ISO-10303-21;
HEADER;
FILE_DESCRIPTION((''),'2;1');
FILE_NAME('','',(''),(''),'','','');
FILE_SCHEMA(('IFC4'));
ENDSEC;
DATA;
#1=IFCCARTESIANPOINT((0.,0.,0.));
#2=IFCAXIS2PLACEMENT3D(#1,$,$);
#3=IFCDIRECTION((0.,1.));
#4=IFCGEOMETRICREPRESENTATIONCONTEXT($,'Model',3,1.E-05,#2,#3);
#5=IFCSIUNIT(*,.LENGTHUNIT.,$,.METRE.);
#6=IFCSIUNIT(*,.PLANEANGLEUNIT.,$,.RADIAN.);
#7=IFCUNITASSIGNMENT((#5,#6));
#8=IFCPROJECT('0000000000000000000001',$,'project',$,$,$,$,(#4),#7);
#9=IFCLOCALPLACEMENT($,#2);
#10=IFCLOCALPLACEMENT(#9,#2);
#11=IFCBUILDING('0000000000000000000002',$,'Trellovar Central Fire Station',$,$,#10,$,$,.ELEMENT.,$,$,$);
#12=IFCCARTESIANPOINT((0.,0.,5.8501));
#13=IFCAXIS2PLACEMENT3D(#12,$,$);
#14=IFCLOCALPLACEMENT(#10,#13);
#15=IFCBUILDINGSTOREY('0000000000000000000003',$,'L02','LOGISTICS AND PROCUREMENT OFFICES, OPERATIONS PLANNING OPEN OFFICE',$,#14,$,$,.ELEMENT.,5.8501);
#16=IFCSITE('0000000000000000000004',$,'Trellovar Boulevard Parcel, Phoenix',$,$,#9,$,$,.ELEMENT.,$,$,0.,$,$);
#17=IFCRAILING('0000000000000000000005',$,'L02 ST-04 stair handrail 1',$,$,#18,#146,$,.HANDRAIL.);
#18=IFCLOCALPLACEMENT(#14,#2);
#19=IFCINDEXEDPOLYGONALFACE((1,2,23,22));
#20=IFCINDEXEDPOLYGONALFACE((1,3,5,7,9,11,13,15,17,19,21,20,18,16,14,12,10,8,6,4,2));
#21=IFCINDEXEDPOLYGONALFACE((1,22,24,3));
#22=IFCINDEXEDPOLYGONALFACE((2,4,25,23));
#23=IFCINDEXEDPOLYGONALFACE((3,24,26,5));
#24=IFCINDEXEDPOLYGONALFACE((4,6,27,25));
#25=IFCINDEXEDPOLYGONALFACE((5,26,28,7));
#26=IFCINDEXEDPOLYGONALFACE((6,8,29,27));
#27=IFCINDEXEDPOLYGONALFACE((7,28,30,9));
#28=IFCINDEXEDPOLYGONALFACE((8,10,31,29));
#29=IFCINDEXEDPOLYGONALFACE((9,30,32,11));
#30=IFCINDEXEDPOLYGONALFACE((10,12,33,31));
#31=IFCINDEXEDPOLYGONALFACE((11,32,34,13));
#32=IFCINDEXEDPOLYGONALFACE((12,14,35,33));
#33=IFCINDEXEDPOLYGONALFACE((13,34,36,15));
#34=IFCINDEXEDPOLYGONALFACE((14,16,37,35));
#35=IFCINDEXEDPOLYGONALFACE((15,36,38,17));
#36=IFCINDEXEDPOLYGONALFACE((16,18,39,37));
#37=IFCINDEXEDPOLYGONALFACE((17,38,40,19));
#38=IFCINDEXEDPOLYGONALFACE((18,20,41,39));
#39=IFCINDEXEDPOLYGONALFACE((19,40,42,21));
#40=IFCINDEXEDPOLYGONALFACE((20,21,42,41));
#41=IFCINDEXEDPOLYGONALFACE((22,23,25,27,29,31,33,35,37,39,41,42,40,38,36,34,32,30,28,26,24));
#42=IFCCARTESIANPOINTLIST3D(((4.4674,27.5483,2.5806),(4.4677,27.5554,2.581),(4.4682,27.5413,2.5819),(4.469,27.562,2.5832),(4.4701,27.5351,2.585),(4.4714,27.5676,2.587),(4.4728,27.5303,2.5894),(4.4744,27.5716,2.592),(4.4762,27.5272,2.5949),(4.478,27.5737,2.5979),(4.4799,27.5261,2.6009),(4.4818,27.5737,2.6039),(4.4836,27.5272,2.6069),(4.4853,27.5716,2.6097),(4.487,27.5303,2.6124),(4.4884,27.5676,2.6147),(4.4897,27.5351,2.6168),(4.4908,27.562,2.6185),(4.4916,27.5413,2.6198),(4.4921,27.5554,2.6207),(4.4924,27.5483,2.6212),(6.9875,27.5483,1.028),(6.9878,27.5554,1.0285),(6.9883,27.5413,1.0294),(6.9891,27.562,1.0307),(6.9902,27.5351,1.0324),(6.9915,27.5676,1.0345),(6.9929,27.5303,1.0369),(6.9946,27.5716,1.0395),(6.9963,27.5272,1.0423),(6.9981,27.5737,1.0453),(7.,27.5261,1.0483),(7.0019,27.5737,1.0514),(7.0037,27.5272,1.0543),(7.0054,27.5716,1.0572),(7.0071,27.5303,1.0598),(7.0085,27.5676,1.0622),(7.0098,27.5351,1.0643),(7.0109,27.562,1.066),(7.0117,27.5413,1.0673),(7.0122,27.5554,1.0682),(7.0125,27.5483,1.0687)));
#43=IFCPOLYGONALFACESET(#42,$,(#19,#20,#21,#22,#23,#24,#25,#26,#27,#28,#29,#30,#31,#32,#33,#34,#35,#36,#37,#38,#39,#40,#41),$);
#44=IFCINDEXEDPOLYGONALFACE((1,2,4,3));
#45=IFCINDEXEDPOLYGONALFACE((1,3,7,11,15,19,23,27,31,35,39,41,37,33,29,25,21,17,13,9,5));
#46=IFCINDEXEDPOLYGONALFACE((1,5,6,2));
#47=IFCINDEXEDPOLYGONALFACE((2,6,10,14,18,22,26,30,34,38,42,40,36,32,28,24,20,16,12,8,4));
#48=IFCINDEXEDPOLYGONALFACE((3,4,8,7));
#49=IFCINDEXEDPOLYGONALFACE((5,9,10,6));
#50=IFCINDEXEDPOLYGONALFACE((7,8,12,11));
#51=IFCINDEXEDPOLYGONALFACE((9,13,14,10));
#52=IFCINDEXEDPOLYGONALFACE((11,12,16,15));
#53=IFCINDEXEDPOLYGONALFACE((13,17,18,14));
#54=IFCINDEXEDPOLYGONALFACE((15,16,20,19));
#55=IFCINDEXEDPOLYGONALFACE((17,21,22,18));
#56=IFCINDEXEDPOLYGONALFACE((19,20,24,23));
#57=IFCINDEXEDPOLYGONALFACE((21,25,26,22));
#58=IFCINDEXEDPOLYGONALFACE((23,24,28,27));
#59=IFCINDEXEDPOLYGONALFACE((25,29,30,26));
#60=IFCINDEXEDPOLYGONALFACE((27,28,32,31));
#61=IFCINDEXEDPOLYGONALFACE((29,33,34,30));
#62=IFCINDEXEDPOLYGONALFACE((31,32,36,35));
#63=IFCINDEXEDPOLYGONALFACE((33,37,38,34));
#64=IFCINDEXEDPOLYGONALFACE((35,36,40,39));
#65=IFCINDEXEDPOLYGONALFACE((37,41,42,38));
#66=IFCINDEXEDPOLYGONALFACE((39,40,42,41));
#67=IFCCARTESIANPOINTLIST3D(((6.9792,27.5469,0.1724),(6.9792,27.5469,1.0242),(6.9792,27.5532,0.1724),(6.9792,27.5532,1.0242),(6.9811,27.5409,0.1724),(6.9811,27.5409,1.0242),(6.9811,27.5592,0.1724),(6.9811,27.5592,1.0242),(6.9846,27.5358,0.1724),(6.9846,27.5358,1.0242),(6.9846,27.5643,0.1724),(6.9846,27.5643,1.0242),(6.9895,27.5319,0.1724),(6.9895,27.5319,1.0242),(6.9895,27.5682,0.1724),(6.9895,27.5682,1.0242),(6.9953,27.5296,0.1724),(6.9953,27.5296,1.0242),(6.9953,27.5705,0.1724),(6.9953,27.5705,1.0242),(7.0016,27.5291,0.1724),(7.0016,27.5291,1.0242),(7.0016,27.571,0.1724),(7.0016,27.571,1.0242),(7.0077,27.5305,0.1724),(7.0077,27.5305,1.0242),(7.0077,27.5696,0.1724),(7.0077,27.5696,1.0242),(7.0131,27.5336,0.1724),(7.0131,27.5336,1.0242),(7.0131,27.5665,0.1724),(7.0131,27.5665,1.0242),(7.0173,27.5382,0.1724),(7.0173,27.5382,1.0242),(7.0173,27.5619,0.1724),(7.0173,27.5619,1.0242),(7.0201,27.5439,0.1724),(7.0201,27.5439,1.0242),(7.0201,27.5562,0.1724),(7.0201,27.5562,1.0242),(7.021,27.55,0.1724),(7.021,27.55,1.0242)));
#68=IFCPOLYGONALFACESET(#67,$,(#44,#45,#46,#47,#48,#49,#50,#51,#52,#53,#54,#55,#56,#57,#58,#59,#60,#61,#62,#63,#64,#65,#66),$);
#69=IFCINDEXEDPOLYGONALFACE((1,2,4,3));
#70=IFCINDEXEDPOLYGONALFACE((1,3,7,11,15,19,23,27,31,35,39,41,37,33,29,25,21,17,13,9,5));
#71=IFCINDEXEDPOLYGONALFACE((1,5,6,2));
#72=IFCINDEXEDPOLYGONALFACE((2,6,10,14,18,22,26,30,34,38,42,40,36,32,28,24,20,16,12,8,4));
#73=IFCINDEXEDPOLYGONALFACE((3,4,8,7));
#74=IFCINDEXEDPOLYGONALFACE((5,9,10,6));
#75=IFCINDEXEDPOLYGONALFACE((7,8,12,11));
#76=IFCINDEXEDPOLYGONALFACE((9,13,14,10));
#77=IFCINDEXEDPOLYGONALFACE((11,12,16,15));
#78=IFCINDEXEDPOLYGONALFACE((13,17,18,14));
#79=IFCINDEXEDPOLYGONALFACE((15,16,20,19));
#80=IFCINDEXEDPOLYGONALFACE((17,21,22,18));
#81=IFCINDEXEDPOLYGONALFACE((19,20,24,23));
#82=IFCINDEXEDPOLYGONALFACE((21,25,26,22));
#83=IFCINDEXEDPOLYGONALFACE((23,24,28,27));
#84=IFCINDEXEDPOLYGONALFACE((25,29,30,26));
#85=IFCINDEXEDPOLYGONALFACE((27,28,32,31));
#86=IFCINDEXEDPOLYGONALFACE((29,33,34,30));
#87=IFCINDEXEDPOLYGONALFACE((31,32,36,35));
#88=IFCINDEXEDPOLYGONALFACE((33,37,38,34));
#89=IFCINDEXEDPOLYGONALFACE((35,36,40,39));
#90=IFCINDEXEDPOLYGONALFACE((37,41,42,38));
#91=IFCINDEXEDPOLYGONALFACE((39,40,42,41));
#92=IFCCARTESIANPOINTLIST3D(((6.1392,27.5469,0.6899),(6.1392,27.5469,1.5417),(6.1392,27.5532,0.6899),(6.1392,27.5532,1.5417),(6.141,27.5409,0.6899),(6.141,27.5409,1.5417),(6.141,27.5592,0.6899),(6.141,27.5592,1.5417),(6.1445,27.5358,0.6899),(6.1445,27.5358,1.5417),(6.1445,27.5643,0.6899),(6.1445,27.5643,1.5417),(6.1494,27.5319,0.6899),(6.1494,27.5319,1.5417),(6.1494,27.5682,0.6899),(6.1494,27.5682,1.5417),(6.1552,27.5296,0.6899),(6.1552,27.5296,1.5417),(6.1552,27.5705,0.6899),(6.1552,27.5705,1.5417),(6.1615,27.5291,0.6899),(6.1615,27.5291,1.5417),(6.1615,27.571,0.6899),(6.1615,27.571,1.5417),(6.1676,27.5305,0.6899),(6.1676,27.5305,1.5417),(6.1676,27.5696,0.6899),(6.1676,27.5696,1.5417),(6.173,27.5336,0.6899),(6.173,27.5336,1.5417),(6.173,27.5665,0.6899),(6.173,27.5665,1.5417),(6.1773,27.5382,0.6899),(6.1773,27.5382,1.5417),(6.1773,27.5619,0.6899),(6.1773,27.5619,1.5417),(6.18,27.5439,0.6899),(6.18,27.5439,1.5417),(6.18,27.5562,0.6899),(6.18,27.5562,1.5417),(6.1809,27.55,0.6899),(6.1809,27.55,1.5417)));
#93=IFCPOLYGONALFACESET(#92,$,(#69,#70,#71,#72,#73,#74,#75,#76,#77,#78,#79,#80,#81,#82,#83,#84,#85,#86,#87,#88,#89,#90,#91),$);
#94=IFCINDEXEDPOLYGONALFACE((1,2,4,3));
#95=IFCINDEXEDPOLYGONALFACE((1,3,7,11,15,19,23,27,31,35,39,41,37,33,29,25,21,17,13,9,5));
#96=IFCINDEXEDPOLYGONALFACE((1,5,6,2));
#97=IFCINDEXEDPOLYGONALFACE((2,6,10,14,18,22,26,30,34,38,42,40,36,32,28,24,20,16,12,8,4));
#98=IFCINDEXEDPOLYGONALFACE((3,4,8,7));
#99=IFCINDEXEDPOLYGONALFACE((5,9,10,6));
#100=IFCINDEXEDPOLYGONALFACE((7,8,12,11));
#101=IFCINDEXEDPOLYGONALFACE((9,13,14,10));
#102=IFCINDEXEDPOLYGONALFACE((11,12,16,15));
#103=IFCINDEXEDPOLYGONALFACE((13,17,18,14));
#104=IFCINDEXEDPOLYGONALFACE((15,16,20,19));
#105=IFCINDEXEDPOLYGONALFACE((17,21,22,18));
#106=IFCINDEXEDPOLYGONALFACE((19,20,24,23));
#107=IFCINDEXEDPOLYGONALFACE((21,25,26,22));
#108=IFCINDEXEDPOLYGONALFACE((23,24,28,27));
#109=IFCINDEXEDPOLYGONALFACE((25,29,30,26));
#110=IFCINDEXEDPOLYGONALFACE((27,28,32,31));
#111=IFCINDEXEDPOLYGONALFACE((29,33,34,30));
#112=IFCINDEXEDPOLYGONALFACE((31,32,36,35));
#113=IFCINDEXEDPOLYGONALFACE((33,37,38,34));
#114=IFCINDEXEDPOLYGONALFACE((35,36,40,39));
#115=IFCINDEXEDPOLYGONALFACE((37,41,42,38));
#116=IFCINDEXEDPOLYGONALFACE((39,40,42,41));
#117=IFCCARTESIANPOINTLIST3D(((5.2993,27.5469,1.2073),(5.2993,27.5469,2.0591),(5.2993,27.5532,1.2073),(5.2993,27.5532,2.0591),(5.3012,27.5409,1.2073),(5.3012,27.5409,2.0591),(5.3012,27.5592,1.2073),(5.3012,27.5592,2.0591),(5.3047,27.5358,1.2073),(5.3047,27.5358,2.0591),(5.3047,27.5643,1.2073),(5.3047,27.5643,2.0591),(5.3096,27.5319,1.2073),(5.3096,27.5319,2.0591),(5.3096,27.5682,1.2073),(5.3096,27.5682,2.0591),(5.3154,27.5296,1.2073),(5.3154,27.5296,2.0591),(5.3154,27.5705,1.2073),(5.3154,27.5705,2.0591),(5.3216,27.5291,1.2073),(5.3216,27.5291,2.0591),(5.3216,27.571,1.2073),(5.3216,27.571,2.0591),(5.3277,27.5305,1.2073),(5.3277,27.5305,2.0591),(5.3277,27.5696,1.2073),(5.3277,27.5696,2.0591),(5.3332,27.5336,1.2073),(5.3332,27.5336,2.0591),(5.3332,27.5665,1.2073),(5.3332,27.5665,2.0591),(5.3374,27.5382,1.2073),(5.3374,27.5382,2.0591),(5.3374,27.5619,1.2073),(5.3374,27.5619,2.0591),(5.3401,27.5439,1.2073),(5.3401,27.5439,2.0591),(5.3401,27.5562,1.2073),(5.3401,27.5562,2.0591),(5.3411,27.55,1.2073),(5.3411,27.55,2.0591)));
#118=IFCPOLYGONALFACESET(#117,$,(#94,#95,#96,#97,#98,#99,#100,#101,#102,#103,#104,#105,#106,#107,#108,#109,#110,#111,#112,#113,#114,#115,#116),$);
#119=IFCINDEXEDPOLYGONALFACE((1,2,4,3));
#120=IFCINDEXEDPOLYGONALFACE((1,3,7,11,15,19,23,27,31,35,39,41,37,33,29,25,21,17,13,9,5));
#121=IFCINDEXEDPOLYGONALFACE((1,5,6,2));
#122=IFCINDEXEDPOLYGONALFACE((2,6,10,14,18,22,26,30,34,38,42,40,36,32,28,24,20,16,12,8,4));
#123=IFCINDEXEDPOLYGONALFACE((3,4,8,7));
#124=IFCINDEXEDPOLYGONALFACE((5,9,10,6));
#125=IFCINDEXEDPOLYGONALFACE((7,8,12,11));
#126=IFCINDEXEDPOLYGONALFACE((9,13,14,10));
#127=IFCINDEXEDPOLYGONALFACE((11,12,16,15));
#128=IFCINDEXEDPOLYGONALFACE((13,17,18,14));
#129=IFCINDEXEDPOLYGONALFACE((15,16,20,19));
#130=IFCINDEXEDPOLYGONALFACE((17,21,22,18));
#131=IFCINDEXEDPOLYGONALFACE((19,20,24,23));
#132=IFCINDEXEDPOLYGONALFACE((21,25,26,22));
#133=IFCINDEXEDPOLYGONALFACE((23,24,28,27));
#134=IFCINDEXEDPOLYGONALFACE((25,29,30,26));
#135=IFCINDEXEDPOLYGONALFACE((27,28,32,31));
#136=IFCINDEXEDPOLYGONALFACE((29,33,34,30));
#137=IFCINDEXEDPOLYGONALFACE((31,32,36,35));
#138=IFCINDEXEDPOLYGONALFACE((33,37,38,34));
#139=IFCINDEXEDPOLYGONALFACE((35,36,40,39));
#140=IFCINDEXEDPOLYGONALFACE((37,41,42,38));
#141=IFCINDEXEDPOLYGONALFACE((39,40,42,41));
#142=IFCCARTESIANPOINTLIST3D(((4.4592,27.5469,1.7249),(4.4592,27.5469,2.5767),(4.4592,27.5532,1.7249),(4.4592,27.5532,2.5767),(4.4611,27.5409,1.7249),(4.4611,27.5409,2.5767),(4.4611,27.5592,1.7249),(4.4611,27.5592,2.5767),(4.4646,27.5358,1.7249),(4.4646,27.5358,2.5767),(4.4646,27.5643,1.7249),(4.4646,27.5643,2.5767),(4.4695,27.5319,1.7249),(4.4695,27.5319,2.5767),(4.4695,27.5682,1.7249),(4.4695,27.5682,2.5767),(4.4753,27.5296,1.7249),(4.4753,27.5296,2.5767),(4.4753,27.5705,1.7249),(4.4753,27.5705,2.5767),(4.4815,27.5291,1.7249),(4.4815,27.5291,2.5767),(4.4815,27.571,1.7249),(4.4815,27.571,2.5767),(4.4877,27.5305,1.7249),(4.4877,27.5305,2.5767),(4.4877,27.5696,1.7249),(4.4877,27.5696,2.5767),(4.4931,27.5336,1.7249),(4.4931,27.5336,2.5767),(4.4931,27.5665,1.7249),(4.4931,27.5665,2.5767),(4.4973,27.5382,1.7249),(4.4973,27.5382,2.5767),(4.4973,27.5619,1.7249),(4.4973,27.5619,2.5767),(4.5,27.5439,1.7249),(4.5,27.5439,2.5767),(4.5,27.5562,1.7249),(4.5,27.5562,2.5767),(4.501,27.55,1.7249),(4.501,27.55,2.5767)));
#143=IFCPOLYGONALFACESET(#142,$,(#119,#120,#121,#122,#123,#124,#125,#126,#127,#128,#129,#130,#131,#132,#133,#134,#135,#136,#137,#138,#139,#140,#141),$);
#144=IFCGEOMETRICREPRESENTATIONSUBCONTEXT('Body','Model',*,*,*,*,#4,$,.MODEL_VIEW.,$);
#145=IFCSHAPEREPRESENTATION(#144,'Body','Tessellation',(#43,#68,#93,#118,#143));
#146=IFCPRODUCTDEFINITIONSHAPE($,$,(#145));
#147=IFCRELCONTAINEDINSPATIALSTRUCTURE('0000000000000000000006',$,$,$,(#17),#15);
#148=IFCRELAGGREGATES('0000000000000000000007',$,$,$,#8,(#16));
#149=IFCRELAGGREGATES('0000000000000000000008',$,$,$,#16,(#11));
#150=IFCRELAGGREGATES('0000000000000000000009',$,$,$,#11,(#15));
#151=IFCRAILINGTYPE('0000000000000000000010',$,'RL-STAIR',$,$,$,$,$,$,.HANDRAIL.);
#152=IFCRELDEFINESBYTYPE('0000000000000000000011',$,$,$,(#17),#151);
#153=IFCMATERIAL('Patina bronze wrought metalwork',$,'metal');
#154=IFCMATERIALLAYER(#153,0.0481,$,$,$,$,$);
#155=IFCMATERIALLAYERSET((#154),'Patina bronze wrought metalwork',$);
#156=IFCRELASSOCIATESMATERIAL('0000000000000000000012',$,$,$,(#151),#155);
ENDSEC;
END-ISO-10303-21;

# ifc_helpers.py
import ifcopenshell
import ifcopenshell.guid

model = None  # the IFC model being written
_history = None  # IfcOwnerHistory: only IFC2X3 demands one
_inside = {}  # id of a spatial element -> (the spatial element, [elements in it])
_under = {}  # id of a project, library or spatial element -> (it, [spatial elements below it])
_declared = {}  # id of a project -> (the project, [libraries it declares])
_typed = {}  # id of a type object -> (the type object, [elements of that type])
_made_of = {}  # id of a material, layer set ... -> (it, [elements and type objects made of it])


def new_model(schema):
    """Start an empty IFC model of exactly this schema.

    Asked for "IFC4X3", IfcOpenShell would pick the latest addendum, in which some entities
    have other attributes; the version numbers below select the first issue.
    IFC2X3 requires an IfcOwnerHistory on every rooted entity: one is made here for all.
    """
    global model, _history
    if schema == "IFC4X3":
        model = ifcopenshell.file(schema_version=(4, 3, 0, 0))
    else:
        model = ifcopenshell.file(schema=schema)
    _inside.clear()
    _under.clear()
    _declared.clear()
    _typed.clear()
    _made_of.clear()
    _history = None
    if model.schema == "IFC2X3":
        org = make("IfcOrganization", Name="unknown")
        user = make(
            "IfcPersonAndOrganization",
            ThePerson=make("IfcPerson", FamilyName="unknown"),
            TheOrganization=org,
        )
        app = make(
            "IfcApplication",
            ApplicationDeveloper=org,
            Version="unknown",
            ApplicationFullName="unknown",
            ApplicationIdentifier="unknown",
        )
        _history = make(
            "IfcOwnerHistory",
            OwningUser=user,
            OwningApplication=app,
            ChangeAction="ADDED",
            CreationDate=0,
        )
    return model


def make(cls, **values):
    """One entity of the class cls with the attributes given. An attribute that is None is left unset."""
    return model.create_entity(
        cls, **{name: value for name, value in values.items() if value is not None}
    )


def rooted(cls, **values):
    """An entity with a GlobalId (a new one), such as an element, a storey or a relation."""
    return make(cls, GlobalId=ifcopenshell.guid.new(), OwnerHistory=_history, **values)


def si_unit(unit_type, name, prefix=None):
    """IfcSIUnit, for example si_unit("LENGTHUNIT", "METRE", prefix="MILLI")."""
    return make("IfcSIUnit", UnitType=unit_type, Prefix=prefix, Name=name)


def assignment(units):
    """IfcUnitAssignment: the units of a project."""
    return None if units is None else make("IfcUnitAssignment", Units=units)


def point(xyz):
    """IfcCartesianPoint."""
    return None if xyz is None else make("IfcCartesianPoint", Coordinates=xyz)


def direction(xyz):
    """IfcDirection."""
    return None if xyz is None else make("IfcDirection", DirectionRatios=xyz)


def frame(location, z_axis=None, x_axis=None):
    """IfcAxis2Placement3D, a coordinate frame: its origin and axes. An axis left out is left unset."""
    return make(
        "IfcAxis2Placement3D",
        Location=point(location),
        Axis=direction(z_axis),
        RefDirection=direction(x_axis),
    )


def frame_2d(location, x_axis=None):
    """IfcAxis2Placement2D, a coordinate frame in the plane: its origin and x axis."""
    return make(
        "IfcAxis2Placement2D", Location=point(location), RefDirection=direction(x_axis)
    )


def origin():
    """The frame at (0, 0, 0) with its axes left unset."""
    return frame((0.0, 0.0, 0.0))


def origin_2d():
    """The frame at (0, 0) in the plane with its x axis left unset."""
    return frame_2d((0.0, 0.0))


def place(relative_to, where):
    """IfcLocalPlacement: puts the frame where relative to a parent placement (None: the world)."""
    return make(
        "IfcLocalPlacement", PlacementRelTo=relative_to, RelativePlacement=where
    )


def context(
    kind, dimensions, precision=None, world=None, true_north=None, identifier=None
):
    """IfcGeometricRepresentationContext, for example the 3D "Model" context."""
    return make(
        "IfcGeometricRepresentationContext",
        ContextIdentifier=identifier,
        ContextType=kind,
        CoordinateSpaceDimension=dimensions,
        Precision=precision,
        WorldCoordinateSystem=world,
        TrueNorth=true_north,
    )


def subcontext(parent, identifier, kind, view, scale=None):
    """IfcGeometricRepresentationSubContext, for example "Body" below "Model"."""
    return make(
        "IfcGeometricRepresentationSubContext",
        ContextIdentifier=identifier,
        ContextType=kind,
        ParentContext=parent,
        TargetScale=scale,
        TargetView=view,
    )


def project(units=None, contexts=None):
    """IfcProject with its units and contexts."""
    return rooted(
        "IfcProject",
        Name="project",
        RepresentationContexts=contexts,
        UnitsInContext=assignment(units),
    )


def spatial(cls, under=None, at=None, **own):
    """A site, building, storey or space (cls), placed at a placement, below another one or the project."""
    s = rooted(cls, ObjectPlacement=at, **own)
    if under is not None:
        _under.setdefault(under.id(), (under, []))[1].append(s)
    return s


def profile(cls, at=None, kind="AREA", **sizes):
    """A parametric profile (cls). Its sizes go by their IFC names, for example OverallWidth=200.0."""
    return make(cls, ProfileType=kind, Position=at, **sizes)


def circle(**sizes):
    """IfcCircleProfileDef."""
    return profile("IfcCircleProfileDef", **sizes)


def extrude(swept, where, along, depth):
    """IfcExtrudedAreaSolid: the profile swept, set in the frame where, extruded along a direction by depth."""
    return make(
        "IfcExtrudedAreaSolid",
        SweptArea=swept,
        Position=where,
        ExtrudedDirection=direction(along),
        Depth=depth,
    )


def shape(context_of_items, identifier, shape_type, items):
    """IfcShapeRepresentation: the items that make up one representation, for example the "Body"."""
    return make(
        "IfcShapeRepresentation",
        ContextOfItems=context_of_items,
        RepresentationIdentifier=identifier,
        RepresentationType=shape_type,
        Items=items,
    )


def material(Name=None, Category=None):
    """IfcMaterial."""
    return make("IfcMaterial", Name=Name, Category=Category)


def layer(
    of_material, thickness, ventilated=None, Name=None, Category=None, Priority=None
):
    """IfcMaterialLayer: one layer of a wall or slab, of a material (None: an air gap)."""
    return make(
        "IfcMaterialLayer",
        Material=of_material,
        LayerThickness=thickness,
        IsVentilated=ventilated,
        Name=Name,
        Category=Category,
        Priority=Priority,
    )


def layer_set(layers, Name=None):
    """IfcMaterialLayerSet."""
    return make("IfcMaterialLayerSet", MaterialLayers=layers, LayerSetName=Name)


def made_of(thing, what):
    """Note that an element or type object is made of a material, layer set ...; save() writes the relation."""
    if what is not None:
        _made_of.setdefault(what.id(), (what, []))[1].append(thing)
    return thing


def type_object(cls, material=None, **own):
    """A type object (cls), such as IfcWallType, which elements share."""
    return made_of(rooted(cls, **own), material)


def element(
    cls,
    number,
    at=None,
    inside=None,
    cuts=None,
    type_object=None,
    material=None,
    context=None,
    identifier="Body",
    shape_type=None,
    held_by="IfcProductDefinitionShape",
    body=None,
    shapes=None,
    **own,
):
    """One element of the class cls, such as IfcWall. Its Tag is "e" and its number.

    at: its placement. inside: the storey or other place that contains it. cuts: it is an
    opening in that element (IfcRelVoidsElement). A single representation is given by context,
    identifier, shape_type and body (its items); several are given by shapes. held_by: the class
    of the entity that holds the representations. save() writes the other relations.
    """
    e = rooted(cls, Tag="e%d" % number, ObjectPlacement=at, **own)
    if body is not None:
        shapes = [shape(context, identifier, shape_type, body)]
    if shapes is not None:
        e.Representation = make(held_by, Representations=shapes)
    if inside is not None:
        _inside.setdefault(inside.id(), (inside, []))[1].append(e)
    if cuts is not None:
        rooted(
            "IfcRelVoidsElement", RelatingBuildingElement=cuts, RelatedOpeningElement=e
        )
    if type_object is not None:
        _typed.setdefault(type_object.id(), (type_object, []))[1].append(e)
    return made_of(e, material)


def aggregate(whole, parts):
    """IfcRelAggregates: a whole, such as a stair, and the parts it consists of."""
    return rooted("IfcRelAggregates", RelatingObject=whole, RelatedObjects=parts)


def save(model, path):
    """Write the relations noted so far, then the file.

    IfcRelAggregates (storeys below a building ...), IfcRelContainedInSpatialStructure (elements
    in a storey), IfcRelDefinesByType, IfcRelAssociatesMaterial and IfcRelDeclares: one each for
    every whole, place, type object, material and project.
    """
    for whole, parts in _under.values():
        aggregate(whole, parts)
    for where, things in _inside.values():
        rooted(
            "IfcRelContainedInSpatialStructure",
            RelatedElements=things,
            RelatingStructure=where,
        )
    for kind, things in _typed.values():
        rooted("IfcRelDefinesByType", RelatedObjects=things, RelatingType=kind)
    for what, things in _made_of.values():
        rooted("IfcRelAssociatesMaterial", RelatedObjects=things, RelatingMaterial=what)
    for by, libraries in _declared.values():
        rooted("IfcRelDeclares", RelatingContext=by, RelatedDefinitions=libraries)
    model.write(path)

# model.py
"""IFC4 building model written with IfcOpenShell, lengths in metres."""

from ifc_helpers import new_model, si_unit, direction, frame, origin, origin_2d, place, context, subcontext, project, spatial, circle, extrude, material, layer, layer_set, type_object, element, save


model = new_model("IFC4")

# Units and contexts
model_context = context("Model", 3, precision=1e-05, world=origin(), true_north=direction((0.0, 1.0)))
body_context = subcontext(model_context, "Body", "Model", "MODEL_VIEW")
ifc_project = project(units=[si_unit("LENGTHUNIT", "METRE"), si_unit("PLANEANGLEUNIT", "RADIAN")], contexts=[model_context])

# Site, building, storey
site_placement = place(None, origin())
site = spatial("IfcSite", under=ifc_project, at=site_placement, Name="Trellovar Boulevard Parcel, Phoenix", CompositionType="ELEMENT", RefElevation=0.0)
building_placement = place(site_placement, origin())
building = spatial("IfcBuilding", under=site, at=building_placement, Name="Trellovar Central Fire Station", CompositionType="ELEMENT")
storey_placement = place(building_placement, frame((0.0, 0.0, 5.8501)))
storey = spatial("IfcBuildingStorey", under=building, at=storey_placement, Name="L02", Description="LOGISTICS AND PROCUREMENT OFFICES, OPERATIONS PLANNING OPEN OFFICE", CompositionType="ELEMENT", Elevation=5.8501)

# Railing
ifc_material_1 = material(Name="Patina bronze wrought metalwork", Category="metal")
ifc_layer_1 = layer(ifc_material_1, 0.0481)
ifc_layer_set_1 = layer_set([ifc_layer_1], Name="Patina bronze wrought metalwork")
railing_type_1 = type_object("IfcRailingType", Name="RL-STAIR", PredefinedType="HANDRAIL", material=ifc_layer_set_1)
railing_1_placement = place(storey_placement, frame((7.0, 27.55, 0.1724)))
element("IfcRailing", 1, at=railing_1_placement, inside=storey, type_object=railing_type_1, Name="L02 ST-04 stair handrail 1", PredefinedType="HANDRAIL", context=body_context, shape_type="SweptSolid", body=[
    extrude(circle(Radius=0.0239, at=origin_2d()), frame((0.0, 0.0, 0.876), z_axis=(-0.8514, 0.0, 0.524516), x_axis=(0.0, -1.0, 0.0)), (0.0, 0.0, 1.0), 2.96),
    extrude(circle(Radius=0.021, at=origin_2d()), origin(), (0.0, 0.0, 1.0), 0.8518),
    extrude(circle(Radius=0.021, at=origin_2d()), frame((-0.8401, 0.0, 0.5176)), (0.0, 0.0, 1.0), 0.8518),
    extrude(circle(Radius=0.021, at=origin_2d()), frame((-1.6799, 0.0, 1.0349)), (0.0, 0.0, 1.0), 0.8518),
    extrude(circle(Radius=0.021, at=origin_2d()), frame((-2.52, 0.0, 1.5525)), (0.0, 0.0, 1.0), 0.8518),
])

save(model, "model.ifc")
